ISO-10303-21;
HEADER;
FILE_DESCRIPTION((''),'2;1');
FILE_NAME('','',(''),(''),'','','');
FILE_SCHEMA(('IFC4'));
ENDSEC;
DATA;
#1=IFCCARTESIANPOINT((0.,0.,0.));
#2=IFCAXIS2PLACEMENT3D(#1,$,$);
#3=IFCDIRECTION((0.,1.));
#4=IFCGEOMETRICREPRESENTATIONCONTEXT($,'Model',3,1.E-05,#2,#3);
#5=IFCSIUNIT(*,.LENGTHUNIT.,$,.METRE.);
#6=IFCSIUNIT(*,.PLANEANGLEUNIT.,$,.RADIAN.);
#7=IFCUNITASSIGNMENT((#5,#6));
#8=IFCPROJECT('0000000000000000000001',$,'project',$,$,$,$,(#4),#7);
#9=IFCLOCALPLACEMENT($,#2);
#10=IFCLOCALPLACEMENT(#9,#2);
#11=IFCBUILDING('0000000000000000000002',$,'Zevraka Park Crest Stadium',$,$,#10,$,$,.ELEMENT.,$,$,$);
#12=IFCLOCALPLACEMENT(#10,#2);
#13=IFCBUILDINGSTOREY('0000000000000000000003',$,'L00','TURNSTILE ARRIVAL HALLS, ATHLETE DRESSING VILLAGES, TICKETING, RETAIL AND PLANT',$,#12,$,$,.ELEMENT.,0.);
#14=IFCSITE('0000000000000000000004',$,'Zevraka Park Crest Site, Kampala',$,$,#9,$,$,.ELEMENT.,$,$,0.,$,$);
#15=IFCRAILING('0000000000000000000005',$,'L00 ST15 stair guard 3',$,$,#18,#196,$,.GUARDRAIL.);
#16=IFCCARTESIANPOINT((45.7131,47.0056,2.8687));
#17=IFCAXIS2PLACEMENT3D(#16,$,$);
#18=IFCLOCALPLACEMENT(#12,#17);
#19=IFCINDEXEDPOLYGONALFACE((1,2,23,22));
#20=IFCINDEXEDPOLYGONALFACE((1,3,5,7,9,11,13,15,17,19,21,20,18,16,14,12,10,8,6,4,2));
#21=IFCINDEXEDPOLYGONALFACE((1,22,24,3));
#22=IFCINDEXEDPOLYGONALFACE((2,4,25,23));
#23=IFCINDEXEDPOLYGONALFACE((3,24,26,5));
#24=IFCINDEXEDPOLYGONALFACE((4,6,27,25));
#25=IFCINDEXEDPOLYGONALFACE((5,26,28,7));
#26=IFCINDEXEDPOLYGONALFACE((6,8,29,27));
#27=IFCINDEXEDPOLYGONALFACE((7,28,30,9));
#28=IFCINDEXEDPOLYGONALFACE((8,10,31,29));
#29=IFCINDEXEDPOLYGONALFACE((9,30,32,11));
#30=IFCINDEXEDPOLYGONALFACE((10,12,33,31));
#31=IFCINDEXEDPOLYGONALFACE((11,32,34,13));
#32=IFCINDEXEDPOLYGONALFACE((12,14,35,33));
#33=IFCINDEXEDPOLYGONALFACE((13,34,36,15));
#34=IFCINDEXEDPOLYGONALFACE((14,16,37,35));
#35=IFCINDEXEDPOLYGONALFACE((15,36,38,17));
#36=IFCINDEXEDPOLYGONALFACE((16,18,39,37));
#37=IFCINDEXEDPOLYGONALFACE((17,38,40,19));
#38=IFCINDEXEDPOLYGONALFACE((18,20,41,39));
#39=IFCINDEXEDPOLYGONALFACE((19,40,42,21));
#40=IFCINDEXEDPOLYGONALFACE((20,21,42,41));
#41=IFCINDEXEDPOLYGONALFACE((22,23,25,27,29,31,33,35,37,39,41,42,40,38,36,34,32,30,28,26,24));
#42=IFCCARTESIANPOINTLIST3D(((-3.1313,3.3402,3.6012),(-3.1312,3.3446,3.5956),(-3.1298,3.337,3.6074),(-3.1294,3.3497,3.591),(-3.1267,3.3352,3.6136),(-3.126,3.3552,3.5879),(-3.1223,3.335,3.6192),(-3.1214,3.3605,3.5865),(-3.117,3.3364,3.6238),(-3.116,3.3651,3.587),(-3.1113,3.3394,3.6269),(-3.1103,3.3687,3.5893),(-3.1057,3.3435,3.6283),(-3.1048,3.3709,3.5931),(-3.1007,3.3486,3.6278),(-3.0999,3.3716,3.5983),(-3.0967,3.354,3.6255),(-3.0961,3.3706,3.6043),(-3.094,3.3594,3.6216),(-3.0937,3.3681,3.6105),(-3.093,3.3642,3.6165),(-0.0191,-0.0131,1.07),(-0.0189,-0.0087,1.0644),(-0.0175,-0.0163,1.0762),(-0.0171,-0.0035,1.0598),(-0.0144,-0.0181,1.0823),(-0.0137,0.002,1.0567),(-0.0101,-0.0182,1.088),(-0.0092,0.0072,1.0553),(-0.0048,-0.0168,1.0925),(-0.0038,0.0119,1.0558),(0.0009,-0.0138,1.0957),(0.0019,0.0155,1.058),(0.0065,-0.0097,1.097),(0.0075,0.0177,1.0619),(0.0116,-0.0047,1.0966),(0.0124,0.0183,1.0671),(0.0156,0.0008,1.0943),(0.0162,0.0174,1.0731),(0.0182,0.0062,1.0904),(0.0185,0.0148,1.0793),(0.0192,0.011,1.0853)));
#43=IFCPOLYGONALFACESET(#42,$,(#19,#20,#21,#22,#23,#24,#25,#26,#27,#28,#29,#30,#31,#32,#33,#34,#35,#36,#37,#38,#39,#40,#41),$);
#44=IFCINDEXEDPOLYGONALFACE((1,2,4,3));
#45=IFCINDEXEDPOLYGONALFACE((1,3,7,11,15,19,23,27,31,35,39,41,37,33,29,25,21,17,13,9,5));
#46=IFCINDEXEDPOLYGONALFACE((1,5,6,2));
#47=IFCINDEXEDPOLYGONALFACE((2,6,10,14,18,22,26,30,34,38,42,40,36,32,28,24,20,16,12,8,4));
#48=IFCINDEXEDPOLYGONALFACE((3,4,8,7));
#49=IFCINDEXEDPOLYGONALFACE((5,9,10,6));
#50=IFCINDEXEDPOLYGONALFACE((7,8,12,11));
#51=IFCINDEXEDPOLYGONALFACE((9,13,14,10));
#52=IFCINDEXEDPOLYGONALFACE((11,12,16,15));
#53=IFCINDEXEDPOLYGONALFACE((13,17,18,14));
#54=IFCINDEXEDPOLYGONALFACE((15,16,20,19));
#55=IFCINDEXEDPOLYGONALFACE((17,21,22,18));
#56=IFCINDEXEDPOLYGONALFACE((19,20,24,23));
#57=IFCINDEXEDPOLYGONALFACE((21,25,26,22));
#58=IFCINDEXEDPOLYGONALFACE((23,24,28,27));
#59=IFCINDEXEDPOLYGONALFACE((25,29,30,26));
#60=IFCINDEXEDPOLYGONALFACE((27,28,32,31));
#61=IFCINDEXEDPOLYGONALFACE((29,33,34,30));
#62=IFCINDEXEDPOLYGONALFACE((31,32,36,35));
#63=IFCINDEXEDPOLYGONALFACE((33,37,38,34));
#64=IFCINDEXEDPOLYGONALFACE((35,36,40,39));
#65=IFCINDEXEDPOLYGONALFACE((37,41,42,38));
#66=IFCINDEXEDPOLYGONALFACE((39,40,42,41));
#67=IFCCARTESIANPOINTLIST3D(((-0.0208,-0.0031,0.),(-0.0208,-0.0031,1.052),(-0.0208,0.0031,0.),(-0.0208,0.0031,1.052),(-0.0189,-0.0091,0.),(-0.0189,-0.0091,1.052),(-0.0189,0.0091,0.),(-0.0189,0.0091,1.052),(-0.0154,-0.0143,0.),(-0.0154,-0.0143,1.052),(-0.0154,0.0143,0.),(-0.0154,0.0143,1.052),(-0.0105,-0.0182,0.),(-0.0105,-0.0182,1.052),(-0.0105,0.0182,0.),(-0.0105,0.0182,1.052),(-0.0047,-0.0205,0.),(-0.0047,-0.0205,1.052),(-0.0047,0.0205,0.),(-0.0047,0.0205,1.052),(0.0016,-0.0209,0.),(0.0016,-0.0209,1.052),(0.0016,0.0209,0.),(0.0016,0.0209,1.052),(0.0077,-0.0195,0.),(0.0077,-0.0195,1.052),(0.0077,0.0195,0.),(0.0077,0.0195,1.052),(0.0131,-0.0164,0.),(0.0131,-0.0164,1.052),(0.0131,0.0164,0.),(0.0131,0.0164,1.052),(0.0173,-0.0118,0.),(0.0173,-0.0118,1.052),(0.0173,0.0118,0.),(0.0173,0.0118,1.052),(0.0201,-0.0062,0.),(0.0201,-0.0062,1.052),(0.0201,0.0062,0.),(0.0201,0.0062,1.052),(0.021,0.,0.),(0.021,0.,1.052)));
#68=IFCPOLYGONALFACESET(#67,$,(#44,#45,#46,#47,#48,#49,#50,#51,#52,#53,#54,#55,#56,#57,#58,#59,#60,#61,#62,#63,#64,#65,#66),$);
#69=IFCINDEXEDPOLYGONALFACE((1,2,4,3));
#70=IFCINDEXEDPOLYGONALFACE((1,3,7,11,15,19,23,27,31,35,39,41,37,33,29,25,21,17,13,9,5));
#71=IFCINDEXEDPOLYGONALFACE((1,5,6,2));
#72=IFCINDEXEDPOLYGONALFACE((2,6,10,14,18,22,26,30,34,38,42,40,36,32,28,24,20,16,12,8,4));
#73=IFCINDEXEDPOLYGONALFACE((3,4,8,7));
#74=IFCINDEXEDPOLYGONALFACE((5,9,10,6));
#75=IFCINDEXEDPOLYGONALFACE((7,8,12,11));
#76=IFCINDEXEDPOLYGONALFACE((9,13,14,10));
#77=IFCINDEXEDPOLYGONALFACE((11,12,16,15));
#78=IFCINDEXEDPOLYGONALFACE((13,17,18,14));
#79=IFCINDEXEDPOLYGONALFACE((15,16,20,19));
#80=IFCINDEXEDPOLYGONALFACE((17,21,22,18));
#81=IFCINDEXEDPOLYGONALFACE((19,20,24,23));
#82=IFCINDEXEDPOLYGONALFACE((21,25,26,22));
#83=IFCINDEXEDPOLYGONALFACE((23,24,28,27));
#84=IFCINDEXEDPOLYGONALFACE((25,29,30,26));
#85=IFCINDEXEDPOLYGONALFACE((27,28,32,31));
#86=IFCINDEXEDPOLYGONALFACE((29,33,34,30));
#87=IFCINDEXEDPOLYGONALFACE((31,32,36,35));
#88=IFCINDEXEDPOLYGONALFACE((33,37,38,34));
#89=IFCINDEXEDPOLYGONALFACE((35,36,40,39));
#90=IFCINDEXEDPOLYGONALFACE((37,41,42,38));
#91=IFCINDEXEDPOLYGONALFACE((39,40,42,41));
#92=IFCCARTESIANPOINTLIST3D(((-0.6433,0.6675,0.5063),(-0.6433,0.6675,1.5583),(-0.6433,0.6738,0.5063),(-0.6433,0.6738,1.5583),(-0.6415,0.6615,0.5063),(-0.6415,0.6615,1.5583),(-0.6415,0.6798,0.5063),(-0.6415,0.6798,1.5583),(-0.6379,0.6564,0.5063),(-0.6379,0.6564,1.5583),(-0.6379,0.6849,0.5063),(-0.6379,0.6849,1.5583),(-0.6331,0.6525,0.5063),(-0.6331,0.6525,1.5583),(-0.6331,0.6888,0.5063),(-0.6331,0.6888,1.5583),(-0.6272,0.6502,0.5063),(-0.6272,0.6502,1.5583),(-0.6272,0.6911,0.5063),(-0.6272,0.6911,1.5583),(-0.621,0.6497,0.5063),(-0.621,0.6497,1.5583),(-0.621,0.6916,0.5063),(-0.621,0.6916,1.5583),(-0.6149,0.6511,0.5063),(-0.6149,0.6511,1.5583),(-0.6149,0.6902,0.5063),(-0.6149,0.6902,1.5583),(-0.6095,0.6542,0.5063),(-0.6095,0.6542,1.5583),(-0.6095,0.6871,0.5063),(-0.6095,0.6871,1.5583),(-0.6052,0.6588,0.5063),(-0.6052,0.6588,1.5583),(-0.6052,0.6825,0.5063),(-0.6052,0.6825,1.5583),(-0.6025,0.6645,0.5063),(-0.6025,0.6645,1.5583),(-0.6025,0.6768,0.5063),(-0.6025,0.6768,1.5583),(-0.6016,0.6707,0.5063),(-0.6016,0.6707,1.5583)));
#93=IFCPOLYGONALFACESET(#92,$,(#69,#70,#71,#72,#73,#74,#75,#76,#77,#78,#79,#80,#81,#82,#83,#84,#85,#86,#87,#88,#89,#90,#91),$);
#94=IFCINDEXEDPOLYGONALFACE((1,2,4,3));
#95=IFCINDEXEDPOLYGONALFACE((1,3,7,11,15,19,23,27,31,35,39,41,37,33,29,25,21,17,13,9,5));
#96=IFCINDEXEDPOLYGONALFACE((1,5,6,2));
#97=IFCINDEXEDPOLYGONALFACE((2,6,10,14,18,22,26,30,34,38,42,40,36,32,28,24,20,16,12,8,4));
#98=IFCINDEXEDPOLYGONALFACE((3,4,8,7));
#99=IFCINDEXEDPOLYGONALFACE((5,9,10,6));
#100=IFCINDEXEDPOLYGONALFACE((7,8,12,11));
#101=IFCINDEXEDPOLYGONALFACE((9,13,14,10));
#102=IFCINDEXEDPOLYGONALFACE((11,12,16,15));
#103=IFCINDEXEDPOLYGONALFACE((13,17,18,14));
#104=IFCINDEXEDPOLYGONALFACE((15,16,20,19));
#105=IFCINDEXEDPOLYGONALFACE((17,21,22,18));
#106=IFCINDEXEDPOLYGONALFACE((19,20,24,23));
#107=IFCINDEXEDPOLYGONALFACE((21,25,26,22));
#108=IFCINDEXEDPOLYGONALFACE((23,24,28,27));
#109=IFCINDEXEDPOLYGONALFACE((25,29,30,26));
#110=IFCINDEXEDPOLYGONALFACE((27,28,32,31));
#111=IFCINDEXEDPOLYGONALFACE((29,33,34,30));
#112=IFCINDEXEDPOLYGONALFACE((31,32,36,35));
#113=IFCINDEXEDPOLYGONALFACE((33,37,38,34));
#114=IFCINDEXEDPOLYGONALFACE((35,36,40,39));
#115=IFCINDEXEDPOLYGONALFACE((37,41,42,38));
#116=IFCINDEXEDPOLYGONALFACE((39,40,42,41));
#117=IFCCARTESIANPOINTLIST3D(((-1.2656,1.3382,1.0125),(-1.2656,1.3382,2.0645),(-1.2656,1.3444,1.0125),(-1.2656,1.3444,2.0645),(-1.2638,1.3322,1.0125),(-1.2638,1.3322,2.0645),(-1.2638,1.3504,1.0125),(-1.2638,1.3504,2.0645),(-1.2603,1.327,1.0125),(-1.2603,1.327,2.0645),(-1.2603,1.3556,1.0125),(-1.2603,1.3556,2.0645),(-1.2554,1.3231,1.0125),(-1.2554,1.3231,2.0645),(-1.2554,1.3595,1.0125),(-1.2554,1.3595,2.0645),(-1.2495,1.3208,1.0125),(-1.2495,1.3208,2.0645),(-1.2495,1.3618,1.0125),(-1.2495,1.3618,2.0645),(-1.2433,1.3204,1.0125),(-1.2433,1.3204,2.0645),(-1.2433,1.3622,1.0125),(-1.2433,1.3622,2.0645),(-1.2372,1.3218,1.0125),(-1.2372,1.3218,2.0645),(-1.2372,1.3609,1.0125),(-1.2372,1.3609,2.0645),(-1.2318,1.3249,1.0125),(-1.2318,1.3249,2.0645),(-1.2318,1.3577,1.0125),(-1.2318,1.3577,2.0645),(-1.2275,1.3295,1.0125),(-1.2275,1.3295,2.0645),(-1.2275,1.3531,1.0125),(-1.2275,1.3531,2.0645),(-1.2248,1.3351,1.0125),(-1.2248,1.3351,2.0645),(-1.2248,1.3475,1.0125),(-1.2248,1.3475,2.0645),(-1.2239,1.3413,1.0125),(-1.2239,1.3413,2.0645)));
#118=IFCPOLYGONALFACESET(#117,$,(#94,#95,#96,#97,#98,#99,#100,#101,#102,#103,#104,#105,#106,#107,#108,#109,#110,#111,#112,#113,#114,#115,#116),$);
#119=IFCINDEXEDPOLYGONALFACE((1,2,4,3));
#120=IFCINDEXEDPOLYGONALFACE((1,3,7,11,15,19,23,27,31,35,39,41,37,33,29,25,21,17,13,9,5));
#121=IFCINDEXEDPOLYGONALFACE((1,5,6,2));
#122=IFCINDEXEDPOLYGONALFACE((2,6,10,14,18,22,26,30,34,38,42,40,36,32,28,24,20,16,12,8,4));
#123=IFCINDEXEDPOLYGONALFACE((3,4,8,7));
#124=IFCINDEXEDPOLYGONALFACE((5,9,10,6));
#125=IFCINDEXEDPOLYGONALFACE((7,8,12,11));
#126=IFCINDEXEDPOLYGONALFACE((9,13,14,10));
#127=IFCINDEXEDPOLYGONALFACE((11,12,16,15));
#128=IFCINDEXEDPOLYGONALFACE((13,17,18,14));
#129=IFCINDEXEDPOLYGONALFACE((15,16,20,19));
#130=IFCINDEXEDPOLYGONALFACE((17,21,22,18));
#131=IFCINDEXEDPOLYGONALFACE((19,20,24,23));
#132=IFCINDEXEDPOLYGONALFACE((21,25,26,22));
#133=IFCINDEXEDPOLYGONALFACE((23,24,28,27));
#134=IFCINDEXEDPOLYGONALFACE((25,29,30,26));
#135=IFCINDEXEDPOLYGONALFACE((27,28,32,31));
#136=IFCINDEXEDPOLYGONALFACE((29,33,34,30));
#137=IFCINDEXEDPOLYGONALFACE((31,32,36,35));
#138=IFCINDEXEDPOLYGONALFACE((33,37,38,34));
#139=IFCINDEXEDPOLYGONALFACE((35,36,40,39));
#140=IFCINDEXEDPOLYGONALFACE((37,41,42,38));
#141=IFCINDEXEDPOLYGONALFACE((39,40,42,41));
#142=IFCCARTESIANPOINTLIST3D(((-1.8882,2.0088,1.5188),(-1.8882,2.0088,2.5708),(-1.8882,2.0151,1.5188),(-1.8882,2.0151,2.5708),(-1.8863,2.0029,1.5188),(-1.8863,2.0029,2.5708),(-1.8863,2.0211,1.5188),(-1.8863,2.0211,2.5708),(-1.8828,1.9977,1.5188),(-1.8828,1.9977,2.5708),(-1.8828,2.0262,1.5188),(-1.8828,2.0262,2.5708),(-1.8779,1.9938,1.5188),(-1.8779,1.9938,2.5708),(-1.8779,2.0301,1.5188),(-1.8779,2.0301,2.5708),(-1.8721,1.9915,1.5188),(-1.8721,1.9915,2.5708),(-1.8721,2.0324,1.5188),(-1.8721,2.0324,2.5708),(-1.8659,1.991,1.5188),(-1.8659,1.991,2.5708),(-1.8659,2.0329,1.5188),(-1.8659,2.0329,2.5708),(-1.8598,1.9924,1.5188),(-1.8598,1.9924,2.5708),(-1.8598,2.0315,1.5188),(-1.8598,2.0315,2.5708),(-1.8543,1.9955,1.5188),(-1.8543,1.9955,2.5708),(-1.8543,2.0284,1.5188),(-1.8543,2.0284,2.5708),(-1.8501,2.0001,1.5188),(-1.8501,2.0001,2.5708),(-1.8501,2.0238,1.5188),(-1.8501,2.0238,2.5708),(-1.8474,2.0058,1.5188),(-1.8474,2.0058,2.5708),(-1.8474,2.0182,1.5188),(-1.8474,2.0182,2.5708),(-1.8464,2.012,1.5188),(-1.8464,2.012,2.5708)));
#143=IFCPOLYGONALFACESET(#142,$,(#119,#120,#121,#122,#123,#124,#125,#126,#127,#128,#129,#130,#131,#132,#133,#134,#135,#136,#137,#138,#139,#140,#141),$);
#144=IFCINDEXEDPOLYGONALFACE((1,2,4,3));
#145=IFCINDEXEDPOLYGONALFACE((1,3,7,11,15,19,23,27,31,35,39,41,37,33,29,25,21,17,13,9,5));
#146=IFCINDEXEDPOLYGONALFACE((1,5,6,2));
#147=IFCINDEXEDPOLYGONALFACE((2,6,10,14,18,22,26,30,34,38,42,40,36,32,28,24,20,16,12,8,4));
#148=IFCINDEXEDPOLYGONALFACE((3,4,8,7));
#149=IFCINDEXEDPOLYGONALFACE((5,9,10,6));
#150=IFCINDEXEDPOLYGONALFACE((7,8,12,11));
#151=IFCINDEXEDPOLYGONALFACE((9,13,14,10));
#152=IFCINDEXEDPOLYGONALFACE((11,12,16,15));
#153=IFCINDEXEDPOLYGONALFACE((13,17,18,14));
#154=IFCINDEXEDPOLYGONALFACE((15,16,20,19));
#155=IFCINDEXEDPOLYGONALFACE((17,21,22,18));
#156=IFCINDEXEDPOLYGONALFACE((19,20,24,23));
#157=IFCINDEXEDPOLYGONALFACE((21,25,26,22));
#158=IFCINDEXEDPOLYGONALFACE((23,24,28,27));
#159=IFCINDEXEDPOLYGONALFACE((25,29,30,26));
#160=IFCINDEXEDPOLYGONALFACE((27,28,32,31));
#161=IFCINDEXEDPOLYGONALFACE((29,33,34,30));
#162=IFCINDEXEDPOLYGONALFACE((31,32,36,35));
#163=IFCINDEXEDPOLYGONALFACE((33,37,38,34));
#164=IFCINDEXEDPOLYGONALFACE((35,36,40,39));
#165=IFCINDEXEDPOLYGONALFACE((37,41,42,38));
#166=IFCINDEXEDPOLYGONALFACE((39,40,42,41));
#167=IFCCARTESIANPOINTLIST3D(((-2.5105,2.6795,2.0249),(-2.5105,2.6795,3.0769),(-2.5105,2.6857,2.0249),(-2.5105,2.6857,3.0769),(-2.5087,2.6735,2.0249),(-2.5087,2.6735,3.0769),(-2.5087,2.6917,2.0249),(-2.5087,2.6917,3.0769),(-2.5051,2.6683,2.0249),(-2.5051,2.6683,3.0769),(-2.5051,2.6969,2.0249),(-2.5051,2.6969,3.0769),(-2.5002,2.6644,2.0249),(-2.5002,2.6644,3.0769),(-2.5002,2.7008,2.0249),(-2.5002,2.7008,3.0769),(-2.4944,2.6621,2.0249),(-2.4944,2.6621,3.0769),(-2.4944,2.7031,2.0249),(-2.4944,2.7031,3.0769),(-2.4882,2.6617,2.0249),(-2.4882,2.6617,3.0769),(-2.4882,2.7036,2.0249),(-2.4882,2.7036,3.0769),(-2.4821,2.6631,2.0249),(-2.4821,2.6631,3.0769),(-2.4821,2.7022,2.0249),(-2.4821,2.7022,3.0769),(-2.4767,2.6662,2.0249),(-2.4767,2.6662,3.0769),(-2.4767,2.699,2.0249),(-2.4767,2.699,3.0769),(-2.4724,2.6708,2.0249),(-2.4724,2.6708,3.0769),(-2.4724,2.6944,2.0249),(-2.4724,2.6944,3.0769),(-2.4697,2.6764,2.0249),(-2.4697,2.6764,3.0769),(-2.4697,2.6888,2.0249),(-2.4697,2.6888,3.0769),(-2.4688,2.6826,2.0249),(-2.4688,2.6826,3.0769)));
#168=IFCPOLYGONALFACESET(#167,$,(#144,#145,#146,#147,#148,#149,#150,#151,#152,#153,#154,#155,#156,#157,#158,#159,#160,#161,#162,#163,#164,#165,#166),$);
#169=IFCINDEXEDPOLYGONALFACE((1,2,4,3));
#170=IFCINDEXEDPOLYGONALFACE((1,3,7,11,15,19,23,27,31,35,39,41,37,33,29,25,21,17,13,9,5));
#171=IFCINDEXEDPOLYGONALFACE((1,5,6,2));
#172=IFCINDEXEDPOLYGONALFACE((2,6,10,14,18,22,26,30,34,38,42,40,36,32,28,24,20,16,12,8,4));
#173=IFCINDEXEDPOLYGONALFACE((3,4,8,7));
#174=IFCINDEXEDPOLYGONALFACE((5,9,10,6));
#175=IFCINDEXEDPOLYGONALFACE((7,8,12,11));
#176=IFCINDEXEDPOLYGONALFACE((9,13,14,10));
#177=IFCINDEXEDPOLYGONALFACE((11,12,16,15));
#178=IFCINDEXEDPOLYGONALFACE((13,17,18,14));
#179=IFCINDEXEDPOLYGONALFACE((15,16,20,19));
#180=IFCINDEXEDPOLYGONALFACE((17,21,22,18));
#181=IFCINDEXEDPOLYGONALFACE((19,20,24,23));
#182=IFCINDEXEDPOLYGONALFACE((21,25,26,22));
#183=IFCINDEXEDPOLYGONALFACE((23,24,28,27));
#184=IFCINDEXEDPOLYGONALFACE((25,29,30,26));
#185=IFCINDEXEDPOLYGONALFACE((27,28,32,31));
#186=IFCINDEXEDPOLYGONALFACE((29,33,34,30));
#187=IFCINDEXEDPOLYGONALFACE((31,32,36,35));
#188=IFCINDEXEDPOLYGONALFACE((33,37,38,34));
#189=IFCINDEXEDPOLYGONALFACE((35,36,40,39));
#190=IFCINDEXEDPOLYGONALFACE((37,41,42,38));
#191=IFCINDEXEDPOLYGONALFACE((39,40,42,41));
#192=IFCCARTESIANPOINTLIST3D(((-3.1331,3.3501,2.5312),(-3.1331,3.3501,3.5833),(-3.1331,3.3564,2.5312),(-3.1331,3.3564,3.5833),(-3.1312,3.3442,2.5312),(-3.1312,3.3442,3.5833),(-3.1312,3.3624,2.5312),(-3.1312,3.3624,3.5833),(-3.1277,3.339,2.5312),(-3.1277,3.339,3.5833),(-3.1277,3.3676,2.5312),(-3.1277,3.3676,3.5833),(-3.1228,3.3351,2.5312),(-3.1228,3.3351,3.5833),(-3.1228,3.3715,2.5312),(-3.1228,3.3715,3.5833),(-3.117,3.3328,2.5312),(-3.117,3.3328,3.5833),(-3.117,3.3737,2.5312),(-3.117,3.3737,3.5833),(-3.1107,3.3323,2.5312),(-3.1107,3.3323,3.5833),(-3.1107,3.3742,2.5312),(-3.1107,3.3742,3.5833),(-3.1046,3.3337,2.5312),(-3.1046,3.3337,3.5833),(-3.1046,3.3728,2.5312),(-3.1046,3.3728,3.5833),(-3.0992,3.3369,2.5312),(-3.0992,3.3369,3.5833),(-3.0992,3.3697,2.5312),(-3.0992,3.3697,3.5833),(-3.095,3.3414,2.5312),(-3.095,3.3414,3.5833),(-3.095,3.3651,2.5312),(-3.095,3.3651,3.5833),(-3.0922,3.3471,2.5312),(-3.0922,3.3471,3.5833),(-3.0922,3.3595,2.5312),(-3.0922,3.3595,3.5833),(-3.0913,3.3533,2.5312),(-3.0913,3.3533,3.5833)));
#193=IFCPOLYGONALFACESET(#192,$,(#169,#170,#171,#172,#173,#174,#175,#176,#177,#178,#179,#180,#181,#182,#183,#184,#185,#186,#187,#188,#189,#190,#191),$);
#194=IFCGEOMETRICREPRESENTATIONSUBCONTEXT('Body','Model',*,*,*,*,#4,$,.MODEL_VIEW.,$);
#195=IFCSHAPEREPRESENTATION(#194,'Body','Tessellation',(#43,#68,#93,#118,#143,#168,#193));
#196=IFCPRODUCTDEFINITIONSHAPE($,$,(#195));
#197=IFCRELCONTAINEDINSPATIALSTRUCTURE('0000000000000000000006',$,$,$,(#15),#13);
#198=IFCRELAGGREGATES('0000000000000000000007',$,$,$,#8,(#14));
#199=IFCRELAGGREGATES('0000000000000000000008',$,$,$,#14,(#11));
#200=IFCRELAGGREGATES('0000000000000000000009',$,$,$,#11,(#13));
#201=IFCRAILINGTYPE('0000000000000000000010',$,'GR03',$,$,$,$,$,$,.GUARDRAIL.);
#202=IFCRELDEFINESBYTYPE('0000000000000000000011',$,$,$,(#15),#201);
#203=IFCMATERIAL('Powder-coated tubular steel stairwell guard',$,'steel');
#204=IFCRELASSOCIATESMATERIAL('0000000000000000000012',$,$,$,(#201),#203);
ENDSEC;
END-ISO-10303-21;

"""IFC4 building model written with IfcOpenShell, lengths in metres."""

from ifc_helpers import new_model, si_unit, direction, frame, origin, origin_2d, place, context, subcontext, project, spatial, circle, extrude, material, type_object, element, save


model = new_model("IFC4")

# Units and contexts
model_context = context("Model", 3, precision=1e-05, world=origin(), true_north=direction((0.0, 1.0)))
body_context = subcontext(model_context, "Body", "Model", "MODEL_VIEW")
ifc_project = project(units=[si_unit("LENGTHUNIT", "METRE"), si_unit("PLANEANGLEUNIT", "RADIAN")], contexts=[model_context])

# Site, building, storey
site_placement = place(None, origin())
site = spatial("IfcSite", under=ifc_project, at=site_placement, Name="Zevraka Park Crest Site, Kampala", CompositionType="ELEMENT", RefElevation=0.0)
building_placement = place(site_placement, origin())
building = spatial("IfcBuilding", under=site, at=building_placement, Name="Zevraka Park Crest Stadium", CompositionType="ELEMENT")
storey_placement = place(building_placement, origin())
storey = spatial("IfcBuildingStorey", under=building, at=storey_placement, Name="L00", Description="TURNSTILE ARRIVAL HALLS, ATHLETE DRESSING VILLAGES, TICKETING, RETAIL AND PLANT", CompositionType="ELEMENT", Elevation=0.0)

# Railing
ifc_material_1 = material(Name="Powder-coated tubular steel stairwell guard", Category="steel")
railing_type_1 = type_object("IfcRailingType", Name="GR03", PredefinedType="GUARDRAIL", material=ifc_material_1)
railing_1_placement = place(storey_placement, frame((45.7131, 47.0056, 2.8687)))
element("IfcRailing", 1, at=railing_1_placement, inside=storey, type_object=railing_type_1, Name="L00 ST15 stair guard 3", PredefinedType="GUARDRAIL", context=body_context, shape_type="SweptSolid", body=[
    extrude(circle(Radius=0.0239, at=origin_2d()), frame((0.0, 0.0, 1.0762), z_axis=(-0.595248, 0.641334, 0.484118), x_axis=(-0.732951, -0.680281, 0.0)), (0.0, 0.0, 1.0), 5.2285),
    extrude(circle(Radius=0.021, at=origin_2d()), origin(), (0.0, 0.0, 1.0), 1.052),
    extrude(circle(Radius=0.021, at=origin_2d()), frame((-0.6226, 0.6707, 0.5063)), (0.0, 0.0, 1.0), 1.052),
    extrude(circle(Radius=0.021, at=origin_2d()), frame((-1.2449, 1.3413, 1.0125)), (0.0, 0.0, 1.0), 1.052),
    extrude(circle(Radius=0.021, at=origin_2d()), frame((-1.8674, 2.012, 1.5188)), (0.0, 0.0, 1.0), 1.052),
    extrude(circle(Radius=0.021, at=origin_2d()), frame((-2.4897, 2.6826, 2.0249)), (0.0, 0.0, 1.0), 1.052),
    extrude(circle(Radius=0.021, at=origin_2d()), frame((-3.1123, 3.3533, 2.5312)), (0.0, 0.0, 1.0), 1.052),
])

save(model, "model.ifc")
